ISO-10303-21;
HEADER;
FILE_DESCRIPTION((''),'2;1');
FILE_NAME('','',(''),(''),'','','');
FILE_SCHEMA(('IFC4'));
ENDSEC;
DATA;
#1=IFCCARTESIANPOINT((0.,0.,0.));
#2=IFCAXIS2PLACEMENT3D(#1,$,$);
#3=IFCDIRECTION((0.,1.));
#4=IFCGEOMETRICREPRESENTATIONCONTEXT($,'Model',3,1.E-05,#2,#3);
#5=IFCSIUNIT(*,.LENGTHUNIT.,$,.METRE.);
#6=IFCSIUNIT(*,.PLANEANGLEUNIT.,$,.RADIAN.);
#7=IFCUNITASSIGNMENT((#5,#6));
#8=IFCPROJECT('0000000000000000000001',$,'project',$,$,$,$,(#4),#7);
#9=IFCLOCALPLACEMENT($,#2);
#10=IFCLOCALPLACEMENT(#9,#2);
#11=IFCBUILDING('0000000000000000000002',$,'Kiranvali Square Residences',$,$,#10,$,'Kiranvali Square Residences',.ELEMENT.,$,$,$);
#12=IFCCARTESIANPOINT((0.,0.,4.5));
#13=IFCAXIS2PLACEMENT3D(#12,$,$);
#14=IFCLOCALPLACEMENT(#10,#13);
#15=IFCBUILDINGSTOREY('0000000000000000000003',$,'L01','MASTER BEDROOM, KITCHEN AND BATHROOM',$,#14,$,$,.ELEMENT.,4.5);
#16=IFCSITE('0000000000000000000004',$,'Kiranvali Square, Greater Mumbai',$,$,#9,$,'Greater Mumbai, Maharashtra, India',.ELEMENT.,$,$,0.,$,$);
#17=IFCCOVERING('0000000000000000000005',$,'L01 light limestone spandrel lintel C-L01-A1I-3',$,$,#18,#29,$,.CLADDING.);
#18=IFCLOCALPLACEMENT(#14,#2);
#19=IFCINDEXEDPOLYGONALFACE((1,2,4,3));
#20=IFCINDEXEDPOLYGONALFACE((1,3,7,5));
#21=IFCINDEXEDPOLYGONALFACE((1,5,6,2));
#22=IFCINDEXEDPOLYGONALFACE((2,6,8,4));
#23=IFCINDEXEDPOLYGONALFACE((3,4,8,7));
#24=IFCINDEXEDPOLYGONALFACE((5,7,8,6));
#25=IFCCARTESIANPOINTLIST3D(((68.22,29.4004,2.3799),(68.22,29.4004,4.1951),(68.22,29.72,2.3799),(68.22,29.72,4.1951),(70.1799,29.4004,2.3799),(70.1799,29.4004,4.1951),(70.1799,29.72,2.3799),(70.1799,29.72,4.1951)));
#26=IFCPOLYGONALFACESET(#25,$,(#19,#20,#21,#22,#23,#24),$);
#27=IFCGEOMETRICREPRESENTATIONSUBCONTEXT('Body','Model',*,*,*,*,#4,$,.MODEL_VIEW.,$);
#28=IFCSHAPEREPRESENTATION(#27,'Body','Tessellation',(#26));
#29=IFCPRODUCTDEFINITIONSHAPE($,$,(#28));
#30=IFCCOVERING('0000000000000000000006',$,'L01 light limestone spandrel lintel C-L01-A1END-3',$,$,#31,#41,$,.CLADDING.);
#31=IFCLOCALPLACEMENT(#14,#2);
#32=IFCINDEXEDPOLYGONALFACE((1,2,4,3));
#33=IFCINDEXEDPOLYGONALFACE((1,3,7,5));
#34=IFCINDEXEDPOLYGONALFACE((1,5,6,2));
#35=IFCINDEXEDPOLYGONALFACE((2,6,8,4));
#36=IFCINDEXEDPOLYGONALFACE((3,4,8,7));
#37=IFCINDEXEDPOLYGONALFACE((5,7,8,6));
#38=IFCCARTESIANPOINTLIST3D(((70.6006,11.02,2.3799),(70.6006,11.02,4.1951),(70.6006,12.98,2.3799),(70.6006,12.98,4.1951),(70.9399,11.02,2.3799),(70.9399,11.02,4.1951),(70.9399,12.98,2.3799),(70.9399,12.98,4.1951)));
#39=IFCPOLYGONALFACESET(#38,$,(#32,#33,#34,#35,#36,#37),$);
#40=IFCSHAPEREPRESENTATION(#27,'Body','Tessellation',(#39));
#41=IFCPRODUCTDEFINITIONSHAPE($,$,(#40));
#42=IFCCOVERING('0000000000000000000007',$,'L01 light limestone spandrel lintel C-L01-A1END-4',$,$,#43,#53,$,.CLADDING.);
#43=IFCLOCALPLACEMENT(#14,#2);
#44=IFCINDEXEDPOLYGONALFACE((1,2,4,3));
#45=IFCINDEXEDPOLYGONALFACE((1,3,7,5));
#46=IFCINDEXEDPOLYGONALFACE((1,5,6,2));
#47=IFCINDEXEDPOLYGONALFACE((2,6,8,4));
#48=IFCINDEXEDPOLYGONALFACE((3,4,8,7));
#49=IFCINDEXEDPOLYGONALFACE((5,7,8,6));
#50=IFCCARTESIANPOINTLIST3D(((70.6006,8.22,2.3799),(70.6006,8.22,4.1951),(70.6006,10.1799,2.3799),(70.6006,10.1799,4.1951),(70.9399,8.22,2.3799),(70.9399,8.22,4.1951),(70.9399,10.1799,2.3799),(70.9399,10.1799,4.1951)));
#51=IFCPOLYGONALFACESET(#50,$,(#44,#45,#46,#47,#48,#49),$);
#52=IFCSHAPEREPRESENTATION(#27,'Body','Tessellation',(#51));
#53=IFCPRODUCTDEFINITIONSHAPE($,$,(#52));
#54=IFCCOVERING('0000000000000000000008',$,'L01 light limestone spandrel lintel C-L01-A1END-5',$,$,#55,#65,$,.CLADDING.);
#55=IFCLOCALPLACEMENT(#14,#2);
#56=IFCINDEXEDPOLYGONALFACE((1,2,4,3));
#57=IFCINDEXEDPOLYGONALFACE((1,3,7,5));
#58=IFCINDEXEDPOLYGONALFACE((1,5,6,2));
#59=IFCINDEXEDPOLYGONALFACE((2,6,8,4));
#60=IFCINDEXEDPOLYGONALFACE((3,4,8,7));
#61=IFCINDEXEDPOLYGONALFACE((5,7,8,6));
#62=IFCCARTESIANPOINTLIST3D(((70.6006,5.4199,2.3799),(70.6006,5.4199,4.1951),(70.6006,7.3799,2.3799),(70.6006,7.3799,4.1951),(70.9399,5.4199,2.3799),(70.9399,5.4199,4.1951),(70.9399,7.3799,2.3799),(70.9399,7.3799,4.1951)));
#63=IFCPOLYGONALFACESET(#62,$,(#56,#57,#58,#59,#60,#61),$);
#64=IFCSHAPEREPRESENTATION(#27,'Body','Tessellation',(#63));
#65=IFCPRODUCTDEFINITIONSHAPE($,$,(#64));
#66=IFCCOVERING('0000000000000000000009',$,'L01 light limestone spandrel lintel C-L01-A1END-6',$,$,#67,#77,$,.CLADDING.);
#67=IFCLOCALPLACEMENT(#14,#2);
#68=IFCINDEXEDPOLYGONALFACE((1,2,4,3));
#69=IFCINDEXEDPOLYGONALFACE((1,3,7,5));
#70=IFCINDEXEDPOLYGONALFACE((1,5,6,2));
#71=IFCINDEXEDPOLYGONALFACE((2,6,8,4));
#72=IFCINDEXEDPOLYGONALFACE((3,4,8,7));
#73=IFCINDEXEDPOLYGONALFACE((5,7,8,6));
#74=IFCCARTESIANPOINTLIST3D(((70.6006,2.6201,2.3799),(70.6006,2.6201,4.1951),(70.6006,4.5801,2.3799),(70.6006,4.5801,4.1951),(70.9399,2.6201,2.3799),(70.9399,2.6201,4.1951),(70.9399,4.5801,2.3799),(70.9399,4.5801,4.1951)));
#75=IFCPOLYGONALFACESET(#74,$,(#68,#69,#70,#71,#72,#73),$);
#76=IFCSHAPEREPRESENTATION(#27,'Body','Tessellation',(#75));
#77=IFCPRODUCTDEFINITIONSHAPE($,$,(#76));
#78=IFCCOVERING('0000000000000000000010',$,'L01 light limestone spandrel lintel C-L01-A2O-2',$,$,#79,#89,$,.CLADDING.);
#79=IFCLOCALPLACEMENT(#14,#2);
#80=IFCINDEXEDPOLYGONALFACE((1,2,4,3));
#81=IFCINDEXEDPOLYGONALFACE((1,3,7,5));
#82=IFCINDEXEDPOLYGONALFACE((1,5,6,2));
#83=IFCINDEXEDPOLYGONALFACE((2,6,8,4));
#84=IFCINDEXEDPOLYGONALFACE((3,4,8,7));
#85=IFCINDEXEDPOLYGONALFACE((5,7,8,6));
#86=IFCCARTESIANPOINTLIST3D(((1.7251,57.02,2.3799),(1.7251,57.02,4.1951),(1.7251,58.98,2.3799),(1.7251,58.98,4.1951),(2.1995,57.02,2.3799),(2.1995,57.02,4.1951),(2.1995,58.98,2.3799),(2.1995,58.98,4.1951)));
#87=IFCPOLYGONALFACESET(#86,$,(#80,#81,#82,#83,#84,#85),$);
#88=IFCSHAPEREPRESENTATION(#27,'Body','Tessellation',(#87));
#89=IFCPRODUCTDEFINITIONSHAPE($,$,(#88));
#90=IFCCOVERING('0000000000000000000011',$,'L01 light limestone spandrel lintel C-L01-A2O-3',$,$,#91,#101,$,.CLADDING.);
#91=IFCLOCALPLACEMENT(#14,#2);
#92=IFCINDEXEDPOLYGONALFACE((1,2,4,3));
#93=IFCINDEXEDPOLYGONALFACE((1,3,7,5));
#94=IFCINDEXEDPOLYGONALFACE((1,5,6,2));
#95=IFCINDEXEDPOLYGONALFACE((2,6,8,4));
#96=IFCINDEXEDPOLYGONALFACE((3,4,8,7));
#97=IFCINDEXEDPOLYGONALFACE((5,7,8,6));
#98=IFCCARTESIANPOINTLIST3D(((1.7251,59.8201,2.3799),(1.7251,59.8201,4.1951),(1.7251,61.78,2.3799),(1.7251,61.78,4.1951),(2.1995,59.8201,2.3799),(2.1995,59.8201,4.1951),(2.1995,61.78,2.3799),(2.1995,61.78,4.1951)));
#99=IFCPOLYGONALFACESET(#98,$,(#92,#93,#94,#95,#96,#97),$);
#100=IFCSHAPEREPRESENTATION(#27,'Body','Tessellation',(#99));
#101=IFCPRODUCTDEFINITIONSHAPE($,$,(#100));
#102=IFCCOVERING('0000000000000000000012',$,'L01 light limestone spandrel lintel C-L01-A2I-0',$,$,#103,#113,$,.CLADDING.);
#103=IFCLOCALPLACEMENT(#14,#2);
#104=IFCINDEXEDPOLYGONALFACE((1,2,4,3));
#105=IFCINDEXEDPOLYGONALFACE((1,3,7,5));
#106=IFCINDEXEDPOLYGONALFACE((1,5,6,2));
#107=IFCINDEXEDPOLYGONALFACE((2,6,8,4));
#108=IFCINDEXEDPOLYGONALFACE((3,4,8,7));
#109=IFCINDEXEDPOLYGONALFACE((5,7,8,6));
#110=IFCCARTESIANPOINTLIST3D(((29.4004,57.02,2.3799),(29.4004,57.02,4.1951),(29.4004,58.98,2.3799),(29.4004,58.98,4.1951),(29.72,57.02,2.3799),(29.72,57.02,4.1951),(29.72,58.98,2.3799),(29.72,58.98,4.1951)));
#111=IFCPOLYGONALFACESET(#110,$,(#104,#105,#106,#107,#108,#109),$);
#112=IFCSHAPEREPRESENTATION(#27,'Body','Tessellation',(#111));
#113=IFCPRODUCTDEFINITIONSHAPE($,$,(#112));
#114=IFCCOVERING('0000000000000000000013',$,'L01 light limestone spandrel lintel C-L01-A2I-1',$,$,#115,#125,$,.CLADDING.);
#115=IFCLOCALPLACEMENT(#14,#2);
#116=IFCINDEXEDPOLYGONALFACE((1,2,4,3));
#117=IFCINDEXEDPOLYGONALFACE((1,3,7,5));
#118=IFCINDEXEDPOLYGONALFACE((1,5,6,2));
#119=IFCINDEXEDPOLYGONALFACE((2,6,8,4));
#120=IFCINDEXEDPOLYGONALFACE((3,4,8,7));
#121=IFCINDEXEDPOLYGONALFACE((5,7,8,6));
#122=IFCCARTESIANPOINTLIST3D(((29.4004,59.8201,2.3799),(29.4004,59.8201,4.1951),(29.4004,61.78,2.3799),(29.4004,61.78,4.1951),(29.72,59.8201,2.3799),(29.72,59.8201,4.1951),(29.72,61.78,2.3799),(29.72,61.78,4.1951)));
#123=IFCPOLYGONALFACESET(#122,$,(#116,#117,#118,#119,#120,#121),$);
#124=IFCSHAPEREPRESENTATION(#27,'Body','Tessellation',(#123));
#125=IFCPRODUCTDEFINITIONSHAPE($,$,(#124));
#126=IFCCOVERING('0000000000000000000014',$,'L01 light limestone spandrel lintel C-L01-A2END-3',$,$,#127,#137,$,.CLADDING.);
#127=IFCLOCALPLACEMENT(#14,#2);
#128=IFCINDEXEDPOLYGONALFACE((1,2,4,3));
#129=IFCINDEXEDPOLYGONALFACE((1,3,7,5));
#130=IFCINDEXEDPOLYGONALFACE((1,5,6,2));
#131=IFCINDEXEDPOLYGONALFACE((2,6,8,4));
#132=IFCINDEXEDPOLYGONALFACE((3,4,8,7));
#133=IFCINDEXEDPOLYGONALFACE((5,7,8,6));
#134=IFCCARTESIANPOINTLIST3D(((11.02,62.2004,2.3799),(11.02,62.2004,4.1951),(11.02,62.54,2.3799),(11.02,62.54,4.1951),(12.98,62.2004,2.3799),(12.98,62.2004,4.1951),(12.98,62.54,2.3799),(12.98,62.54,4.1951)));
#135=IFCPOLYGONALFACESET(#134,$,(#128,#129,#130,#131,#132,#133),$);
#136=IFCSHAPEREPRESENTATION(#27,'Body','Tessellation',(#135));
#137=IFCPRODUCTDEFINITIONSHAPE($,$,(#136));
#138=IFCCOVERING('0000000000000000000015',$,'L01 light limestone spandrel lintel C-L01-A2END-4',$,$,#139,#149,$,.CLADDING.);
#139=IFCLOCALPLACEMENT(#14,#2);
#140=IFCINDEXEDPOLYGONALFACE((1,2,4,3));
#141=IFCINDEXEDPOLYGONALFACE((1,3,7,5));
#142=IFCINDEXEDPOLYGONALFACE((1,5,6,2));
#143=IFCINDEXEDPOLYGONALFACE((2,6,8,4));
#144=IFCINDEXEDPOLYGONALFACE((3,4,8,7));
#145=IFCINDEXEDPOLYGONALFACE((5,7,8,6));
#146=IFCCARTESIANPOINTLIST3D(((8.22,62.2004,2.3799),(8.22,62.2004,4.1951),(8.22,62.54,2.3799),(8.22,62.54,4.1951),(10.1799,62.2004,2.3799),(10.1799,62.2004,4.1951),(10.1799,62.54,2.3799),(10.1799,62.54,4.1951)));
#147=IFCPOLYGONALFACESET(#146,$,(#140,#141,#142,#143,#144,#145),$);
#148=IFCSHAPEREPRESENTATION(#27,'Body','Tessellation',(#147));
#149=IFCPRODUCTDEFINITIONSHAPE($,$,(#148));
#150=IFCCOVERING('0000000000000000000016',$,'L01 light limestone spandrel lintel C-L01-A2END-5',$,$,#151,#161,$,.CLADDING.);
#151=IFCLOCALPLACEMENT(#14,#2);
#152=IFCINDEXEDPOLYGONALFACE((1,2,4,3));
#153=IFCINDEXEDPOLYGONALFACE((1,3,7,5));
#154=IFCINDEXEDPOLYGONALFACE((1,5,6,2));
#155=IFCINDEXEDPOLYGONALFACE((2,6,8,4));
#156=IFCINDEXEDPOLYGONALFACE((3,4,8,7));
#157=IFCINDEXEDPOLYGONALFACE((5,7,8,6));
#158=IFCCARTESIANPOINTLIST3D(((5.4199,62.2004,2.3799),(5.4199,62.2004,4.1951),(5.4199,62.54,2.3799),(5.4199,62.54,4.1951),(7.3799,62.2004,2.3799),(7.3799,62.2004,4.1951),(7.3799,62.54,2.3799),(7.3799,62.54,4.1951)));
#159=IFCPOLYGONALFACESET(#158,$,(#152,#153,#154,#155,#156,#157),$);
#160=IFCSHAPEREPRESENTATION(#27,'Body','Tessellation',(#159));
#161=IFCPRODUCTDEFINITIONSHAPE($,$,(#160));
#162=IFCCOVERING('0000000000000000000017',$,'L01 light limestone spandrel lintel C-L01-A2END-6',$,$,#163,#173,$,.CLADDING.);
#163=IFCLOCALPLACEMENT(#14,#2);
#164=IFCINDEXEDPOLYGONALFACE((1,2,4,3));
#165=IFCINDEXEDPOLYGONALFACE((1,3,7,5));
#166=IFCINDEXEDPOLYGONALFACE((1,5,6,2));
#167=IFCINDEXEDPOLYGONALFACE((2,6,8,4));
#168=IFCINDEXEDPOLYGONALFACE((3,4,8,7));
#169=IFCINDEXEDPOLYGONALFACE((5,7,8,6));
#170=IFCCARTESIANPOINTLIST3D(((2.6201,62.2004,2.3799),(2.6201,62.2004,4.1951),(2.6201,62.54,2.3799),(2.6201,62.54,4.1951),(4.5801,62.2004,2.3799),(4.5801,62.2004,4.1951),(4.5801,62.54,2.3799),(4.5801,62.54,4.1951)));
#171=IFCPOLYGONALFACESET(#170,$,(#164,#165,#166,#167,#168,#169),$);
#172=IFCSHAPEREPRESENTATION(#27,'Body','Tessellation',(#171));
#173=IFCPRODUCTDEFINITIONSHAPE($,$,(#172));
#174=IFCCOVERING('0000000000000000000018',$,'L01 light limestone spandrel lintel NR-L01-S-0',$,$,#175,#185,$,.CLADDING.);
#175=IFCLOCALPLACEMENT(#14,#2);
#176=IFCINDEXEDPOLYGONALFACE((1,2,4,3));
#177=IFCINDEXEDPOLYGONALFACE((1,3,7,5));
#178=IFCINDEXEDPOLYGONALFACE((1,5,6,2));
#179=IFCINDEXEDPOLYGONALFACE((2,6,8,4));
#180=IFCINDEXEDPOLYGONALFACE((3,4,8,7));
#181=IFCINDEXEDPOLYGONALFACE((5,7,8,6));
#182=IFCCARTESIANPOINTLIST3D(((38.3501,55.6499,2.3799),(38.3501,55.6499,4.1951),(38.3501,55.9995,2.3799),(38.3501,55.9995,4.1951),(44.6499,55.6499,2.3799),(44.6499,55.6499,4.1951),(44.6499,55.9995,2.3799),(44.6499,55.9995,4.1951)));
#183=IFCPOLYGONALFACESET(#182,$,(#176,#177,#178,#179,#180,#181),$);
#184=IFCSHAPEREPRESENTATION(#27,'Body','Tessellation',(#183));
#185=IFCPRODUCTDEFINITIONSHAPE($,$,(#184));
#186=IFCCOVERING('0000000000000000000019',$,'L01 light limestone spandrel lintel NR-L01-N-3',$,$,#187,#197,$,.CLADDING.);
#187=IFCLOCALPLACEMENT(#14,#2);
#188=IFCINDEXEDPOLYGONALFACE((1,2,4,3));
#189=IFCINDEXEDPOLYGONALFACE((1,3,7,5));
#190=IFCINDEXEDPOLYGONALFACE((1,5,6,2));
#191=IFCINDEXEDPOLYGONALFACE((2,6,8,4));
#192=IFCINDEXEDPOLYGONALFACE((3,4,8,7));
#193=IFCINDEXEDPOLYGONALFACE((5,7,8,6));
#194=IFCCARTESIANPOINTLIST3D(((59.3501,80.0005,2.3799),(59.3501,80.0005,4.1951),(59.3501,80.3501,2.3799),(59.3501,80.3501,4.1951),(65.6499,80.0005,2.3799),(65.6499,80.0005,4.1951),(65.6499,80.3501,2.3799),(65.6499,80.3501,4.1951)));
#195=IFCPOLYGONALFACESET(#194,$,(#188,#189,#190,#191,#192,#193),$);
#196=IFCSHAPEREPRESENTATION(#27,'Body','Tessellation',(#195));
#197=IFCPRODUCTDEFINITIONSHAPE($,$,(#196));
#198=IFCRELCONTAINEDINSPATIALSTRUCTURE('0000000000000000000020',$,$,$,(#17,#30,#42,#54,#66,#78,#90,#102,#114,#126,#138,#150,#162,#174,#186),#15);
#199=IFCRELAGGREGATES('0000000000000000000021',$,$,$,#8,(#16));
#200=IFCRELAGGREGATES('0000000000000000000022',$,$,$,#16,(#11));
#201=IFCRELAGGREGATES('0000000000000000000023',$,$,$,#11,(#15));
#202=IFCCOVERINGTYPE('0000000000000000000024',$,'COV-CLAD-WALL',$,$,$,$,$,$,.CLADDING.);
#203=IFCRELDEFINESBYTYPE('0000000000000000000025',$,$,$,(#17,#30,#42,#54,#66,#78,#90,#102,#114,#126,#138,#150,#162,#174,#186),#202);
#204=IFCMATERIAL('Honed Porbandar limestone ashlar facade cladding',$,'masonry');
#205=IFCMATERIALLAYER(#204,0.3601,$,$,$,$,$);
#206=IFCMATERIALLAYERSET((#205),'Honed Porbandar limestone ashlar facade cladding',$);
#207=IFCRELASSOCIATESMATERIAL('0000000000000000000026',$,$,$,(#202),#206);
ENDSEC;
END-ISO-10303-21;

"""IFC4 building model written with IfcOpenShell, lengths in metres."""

from ifc_helpers import new_model, si_unit, direction, frame, origin, place, context, subcontext, project, spatial, polyline, outline, extrude, material, layer, layer_set, type_object, element, save


model = new_model("IFC4")

# Units and contexts
model_context = context("Model", 3, precision=1e-05, world=origin(), true_north=direction((0.0, 1.0)))
body_context = subcontext(model_context, "Body", "Model", "MODEL_VIEW")
ifc_project = project(units=[si_unit("LENGTHUNIT", "METRE"), si_unit("PLANEANGLEUNIT", "RADIAN")], contexts=[model_context])

# Site, building, storey
site_placement = place(None, origin())
site = spatial("IfcSite", under=ifc_project, at=site_placement, Name="Kiranvali Square, Greater Mumbai", LongName="Greater Mumbai, Maharashtra, India", CompositionType="ELEMENT", RefElevation=0.0)
building_placement = place(site_placement, origin())
building = spatial("IfcBuilding", under=site, at=building_placement, Name="Kiranvali Square Residences", LongName="Kiranvali Square Residences", CompositionType="ELEMENT")
storey_placement = place(building_placement, frame((0.0, 0.0, 4.5)))
storey = spatial("IfcBuildingStorey", under=building, at=storey_placement, Name="L01", Description="MASTER BEDROOM, KITCHEN AND BATHROOM", CompositionType="ELEMENT", Elevation=4.5)

# Coverings
ifc_material = material(Name="Honed Porbandar limestone ashlar facade cladding", Category="masonry")
ifc_layer = layer(ifc_material, 0.3601)
ifc_layer_set = layer_set([ifc_layer], Name="Honed Porbandar limestone ashlar facade cladding")
covering_type = type_object("IfcCoveringType", Name="COV-CLAD-WALL", PredefinedType="CLADDING", material=ifc_layer_set)
covering_1_placement = place(storey_placement, frame((0.0, 0.0, 2.3799)))
element("IfcCovering", 1, at=covering_1_placement, inside=storey, type_object=covering_type, Name="L01 light limestone spandrel lintel C-L01-A1I-3", PredefinedType="CLADDING", context=body_context, shape_type="SweptSolid", body=[
    extrude(outline(polyline([(68.22, 29.4004), (70.1799, 29.4004), (70.1799, 29.72), (68.22, 29.72), (68.22, 29.4004)])), origin(), (0.0, 0.0, 1.0), 1.8152),
])
covering_2_placement = place(storey_placement, frame((0.0, 0.0, 2.3799)))
element("IfcCovering", 2, at=covering_2_placement, inside=storey, type_object=covering_type, Name="L01 light limestone spandrel lintel C-L01-A1END-3", PredefinedType="CLADDING", context=body_context, shape_type="SweptSolid", body=[
    extrude(outline(polyline([(70.6006, 12.98), (70.6006, 11.02), (70.9399, 11.02), (70.9399, 12.98), (70.6006, 12.98)])), origin(), (0.0, 0.0, 1.0), 1.8152),
])
covering_3_placement = place(storey_placement, frame((0.0, 0.0, 2.3799)))
element("IfcCovering", 3, at=covering_3_placement, inside=storey, type_object=covering_type, Name="L01 light limestone spandrel lintel C-L01-A1END-4", PredefinedType="CLADDING", context=body_context, shape_type="SweptSolid", body=[
    extrude(outline(polyline([(70.6006, 10.1799), (70.6006, 8.22), (70.9399, 8.22), (70.9399, 10.1799), (70.6006, 10.1799)])), origin(), (0.0, 0.0, 1.0), 1.8152),
])
covering_4_placement = place(storey_placement, frame((0.0, 0.0, 2.3799)))
element("IfcCovering", 4, at=covering_4_placement, inside=storey, type_object=covering_type, Name="L01 light limestone spandrel lintel C-L01-A1END-5", PredefinedType="CLADDING", context=body_context, shape_type="SweptSolid", body=[
    extrude(outline(polyline([(70.6006, 7.3799), (70.6006, 5.4199), (70.9399, 5.4199), (70.9399, 7.3799), (70.6006, 7.3799)])), origin(), (0.0, 0.0, 1.0), 1.8152),
])
covering_5_placement = place(storey_placement, frame((0.0, 0.0, 2.3799)))
element("IfcCovering", 5, at=covering_5_placement, inside=storey, type_object=covering_type, Name="L01 light limestone spandrel lintel C-L01-A1END-6", PredefinedType="CLADDING", context=body_context, shape_type="SweptSolid", body=[
    extrude(outline(polyline([(70.6006, 4.5801), (70.6006, 2.6201), (70.9399, 2.6201), (70.9399, 4.5801), (70.6006, 4.5801)])), origin(), (0.0, 0.0, 1.0), 1.8152),
])
covering_6_placement = place(storey_placement, frame((0.0, 0.0, 2.3799)))
element("IfcCovering", 6, at=covering_6_placement, inside=storey, type_object=covering_type, Name="L01 light limestone spandrel lintel C-L01-A2O-2", PredefinedType="CLADDING", context=body_context, shape_type="SweptSolid", body=[
    extrude(outline(polyline([(2.1995, 57.02), (2.1995, 58.98), (1.7251, 58.98), (1.7251, 57.02), (2.1995, 57.02)])), origin(), (0.0, 0.0, 1.0), 1.8152),
])
covering_7_placement = place(storey_placement, frame((0.0, 0.0, 2.3799)))
element("IfcCovering", 7, at=covering_7_placement, inside=storey, type_object=covering_type, Name="L01 light limestone spandrel lintel C-L01-A2O-3", PredefinedType="CLADDING", context=body_context, shape_type="SweptSolid", body=[
    extrude(outline(polyline([(2.1995, 59.8201), (2.1995, 61.78), (1.7251, 61.78), (1.7251, 59.8201), (2.1995, 59.8201)])), origin(), (0.0, 0.0, 1.0), 1.8152),
])
covering_8_placement = place(storey_placement, frame((0.0, 0.0, 2.3799)))
element("IfcCovering", 8, at=covering_8_placement, inside=storey, type_object=covering_type, Name="L01 light limestone spandrel lintel C-L01-A2I-0", PredefinedType="CLADDING", context=body_context, shape_type="SweptSolid", body=[
    extrude(outline(polyline([(29.72, 57.02), (29.72, 58.98), (29.4004, 58.98), (29.4004, 57.02), (29.72, 57.02)])), origin(), (0.0, 0.0, 1.0), 1.8152),
])
covering_9_placement = place(storey_placement, frame((0.0, 0.0, 2.3799)))
element("IfcCovering", 9, at=covering_9_placement, inside=storey, type_object=covering_type, Name="L01 light limestone spandrel lintel C-L01-A2I-1", PredefinedType="CLADDING", context=body_context, shape_type="SweptSolid", body=[
    extrude(outline(polyline([(29.72, 59.8201), (29.72, 61.78), (29.4004, 61.78), (29.4004, 59.8201), (29.72, 59.8201)])), origin(), (0.0, 0.0, 1.0), 1.8152),
])
covering_10_placement = place(storey_placement, frame((0.0, 0.0, 2.3799)))
element("IfcCovering", 10, at=covering_10_placement, inside=storey, type_object=covering_type, Name="L01 light limestone spandrel lintel C-L01-A2END-3", PredefinedType="CLADDING", context=body_context, shape_type="SweptSolid", body=[
    extrude(outline(polyline([(12.98, 62.54), (11.02, 62.54), (11.02, 62.2004), (12.98, 62.2004), (12.98, 62.54)])), origin(), (0.0, 0.0, 1.0), 1.8152),
])
covering_11_placement = place(storey_placement, frame((0.0, 0.0, 2.3799)))
element("IfcCovering", 11, at=covering_11_placement, inside=storey, type_object=covering_type, Name="L01 light limestone spandrel lintel C-L01-A2END-4", PredefinedType="CLADDING", context=body_context, shape_type="SweptSolid", body=[
    extrude(outline(polyline([(10.1799, 62.54), (8.22, 62.54), (8.22, 62.2004), (10.1799, 62.2004), (10.1799, 62.54)])), origin(), (0.0, 0.0, 1.0), 1.8152),
])
covering_12_placement = place(storey_placement, frame((0.0, 0.0, 2.3799)))
element("IfcCovering", 12, at=covering_12_placement, inside=storey, type_object=covering_type, Name="L01 light limestone spandrel lintel C-L01-A2END-5", PredefinedType="CLADDING", context=body_context, shape_type="SweptSolid", body=[
    extrude(outline(polyline([(7.3799, 62.54), (5.4199, 62.54), (5.4199, 62.2004), (7.3799, 62.2004), (7.3799, 62.54)])), origin(), (0.0, 0.0, 1.0), 1.8152),
])
covering_13_placement = place(storey_placement, frame((0.0, 0.0, 2.3799)))
element("IfcCovering", 13, at=covering_13_placement, inside=storey, type_object=covering_type, Name="L01 light limestone spandrel lintel C-L01-A2END-6", PredefinedType="CLADDING", context=body_context, shape_type="SweptSolid", body=[
    extrude(outline(polyline([(4.5801, 62.54), (2.6201, 62.54), (2.6201, 62.2004), (4.5801, 62.2004), (4.5801, 62.54)])), origin(), (0.0, 0.0, 1.0), 1.8152),
])
covering_14_placement = place(storey_placement, frame((0.0, 0.0, 2.3799)))
element("IfcCovering", 14, at=covering_14_placement, inside=storey, type_object=covering_type, Name="L01 light limestone spandrel lintel NR-L01-S-0", PredefinedType="CLADDING", context=body_context, shape_type="SweptSolid", body=[
    extrude(outline(polyline([(38.3501, 55.6499), (44.6499, 55.6499), (44.6499, 55.9995), (38.3501, 55.9995), (38.3501, 55.6499)])), origin(), (0.0, 0.0, 1.0), 1.8152),
])
covering_15_placement = place(storey_placement, frame((0.0, 0.0, 2.3799)))
element("IfcCovering", 15, at=covering_15_placement, inside=storey, type_object=covering_type, Name="L01 light limestone spandrel lintel NR-L01-N-3", PredefinedType="CLADDING", context=body_context, shape_type="SweptSolid", body=[
    extrude(outline(polyline([(59.3501, 80.0005), (65.6499, 80.0005), (65.6499, 80.3501), (59.3501, 80.3501), (59.3501, 80.0005)])), origin(), (0.0, 0.0, 1.0), 1.8152),
])

save(model, "model.ifc")
